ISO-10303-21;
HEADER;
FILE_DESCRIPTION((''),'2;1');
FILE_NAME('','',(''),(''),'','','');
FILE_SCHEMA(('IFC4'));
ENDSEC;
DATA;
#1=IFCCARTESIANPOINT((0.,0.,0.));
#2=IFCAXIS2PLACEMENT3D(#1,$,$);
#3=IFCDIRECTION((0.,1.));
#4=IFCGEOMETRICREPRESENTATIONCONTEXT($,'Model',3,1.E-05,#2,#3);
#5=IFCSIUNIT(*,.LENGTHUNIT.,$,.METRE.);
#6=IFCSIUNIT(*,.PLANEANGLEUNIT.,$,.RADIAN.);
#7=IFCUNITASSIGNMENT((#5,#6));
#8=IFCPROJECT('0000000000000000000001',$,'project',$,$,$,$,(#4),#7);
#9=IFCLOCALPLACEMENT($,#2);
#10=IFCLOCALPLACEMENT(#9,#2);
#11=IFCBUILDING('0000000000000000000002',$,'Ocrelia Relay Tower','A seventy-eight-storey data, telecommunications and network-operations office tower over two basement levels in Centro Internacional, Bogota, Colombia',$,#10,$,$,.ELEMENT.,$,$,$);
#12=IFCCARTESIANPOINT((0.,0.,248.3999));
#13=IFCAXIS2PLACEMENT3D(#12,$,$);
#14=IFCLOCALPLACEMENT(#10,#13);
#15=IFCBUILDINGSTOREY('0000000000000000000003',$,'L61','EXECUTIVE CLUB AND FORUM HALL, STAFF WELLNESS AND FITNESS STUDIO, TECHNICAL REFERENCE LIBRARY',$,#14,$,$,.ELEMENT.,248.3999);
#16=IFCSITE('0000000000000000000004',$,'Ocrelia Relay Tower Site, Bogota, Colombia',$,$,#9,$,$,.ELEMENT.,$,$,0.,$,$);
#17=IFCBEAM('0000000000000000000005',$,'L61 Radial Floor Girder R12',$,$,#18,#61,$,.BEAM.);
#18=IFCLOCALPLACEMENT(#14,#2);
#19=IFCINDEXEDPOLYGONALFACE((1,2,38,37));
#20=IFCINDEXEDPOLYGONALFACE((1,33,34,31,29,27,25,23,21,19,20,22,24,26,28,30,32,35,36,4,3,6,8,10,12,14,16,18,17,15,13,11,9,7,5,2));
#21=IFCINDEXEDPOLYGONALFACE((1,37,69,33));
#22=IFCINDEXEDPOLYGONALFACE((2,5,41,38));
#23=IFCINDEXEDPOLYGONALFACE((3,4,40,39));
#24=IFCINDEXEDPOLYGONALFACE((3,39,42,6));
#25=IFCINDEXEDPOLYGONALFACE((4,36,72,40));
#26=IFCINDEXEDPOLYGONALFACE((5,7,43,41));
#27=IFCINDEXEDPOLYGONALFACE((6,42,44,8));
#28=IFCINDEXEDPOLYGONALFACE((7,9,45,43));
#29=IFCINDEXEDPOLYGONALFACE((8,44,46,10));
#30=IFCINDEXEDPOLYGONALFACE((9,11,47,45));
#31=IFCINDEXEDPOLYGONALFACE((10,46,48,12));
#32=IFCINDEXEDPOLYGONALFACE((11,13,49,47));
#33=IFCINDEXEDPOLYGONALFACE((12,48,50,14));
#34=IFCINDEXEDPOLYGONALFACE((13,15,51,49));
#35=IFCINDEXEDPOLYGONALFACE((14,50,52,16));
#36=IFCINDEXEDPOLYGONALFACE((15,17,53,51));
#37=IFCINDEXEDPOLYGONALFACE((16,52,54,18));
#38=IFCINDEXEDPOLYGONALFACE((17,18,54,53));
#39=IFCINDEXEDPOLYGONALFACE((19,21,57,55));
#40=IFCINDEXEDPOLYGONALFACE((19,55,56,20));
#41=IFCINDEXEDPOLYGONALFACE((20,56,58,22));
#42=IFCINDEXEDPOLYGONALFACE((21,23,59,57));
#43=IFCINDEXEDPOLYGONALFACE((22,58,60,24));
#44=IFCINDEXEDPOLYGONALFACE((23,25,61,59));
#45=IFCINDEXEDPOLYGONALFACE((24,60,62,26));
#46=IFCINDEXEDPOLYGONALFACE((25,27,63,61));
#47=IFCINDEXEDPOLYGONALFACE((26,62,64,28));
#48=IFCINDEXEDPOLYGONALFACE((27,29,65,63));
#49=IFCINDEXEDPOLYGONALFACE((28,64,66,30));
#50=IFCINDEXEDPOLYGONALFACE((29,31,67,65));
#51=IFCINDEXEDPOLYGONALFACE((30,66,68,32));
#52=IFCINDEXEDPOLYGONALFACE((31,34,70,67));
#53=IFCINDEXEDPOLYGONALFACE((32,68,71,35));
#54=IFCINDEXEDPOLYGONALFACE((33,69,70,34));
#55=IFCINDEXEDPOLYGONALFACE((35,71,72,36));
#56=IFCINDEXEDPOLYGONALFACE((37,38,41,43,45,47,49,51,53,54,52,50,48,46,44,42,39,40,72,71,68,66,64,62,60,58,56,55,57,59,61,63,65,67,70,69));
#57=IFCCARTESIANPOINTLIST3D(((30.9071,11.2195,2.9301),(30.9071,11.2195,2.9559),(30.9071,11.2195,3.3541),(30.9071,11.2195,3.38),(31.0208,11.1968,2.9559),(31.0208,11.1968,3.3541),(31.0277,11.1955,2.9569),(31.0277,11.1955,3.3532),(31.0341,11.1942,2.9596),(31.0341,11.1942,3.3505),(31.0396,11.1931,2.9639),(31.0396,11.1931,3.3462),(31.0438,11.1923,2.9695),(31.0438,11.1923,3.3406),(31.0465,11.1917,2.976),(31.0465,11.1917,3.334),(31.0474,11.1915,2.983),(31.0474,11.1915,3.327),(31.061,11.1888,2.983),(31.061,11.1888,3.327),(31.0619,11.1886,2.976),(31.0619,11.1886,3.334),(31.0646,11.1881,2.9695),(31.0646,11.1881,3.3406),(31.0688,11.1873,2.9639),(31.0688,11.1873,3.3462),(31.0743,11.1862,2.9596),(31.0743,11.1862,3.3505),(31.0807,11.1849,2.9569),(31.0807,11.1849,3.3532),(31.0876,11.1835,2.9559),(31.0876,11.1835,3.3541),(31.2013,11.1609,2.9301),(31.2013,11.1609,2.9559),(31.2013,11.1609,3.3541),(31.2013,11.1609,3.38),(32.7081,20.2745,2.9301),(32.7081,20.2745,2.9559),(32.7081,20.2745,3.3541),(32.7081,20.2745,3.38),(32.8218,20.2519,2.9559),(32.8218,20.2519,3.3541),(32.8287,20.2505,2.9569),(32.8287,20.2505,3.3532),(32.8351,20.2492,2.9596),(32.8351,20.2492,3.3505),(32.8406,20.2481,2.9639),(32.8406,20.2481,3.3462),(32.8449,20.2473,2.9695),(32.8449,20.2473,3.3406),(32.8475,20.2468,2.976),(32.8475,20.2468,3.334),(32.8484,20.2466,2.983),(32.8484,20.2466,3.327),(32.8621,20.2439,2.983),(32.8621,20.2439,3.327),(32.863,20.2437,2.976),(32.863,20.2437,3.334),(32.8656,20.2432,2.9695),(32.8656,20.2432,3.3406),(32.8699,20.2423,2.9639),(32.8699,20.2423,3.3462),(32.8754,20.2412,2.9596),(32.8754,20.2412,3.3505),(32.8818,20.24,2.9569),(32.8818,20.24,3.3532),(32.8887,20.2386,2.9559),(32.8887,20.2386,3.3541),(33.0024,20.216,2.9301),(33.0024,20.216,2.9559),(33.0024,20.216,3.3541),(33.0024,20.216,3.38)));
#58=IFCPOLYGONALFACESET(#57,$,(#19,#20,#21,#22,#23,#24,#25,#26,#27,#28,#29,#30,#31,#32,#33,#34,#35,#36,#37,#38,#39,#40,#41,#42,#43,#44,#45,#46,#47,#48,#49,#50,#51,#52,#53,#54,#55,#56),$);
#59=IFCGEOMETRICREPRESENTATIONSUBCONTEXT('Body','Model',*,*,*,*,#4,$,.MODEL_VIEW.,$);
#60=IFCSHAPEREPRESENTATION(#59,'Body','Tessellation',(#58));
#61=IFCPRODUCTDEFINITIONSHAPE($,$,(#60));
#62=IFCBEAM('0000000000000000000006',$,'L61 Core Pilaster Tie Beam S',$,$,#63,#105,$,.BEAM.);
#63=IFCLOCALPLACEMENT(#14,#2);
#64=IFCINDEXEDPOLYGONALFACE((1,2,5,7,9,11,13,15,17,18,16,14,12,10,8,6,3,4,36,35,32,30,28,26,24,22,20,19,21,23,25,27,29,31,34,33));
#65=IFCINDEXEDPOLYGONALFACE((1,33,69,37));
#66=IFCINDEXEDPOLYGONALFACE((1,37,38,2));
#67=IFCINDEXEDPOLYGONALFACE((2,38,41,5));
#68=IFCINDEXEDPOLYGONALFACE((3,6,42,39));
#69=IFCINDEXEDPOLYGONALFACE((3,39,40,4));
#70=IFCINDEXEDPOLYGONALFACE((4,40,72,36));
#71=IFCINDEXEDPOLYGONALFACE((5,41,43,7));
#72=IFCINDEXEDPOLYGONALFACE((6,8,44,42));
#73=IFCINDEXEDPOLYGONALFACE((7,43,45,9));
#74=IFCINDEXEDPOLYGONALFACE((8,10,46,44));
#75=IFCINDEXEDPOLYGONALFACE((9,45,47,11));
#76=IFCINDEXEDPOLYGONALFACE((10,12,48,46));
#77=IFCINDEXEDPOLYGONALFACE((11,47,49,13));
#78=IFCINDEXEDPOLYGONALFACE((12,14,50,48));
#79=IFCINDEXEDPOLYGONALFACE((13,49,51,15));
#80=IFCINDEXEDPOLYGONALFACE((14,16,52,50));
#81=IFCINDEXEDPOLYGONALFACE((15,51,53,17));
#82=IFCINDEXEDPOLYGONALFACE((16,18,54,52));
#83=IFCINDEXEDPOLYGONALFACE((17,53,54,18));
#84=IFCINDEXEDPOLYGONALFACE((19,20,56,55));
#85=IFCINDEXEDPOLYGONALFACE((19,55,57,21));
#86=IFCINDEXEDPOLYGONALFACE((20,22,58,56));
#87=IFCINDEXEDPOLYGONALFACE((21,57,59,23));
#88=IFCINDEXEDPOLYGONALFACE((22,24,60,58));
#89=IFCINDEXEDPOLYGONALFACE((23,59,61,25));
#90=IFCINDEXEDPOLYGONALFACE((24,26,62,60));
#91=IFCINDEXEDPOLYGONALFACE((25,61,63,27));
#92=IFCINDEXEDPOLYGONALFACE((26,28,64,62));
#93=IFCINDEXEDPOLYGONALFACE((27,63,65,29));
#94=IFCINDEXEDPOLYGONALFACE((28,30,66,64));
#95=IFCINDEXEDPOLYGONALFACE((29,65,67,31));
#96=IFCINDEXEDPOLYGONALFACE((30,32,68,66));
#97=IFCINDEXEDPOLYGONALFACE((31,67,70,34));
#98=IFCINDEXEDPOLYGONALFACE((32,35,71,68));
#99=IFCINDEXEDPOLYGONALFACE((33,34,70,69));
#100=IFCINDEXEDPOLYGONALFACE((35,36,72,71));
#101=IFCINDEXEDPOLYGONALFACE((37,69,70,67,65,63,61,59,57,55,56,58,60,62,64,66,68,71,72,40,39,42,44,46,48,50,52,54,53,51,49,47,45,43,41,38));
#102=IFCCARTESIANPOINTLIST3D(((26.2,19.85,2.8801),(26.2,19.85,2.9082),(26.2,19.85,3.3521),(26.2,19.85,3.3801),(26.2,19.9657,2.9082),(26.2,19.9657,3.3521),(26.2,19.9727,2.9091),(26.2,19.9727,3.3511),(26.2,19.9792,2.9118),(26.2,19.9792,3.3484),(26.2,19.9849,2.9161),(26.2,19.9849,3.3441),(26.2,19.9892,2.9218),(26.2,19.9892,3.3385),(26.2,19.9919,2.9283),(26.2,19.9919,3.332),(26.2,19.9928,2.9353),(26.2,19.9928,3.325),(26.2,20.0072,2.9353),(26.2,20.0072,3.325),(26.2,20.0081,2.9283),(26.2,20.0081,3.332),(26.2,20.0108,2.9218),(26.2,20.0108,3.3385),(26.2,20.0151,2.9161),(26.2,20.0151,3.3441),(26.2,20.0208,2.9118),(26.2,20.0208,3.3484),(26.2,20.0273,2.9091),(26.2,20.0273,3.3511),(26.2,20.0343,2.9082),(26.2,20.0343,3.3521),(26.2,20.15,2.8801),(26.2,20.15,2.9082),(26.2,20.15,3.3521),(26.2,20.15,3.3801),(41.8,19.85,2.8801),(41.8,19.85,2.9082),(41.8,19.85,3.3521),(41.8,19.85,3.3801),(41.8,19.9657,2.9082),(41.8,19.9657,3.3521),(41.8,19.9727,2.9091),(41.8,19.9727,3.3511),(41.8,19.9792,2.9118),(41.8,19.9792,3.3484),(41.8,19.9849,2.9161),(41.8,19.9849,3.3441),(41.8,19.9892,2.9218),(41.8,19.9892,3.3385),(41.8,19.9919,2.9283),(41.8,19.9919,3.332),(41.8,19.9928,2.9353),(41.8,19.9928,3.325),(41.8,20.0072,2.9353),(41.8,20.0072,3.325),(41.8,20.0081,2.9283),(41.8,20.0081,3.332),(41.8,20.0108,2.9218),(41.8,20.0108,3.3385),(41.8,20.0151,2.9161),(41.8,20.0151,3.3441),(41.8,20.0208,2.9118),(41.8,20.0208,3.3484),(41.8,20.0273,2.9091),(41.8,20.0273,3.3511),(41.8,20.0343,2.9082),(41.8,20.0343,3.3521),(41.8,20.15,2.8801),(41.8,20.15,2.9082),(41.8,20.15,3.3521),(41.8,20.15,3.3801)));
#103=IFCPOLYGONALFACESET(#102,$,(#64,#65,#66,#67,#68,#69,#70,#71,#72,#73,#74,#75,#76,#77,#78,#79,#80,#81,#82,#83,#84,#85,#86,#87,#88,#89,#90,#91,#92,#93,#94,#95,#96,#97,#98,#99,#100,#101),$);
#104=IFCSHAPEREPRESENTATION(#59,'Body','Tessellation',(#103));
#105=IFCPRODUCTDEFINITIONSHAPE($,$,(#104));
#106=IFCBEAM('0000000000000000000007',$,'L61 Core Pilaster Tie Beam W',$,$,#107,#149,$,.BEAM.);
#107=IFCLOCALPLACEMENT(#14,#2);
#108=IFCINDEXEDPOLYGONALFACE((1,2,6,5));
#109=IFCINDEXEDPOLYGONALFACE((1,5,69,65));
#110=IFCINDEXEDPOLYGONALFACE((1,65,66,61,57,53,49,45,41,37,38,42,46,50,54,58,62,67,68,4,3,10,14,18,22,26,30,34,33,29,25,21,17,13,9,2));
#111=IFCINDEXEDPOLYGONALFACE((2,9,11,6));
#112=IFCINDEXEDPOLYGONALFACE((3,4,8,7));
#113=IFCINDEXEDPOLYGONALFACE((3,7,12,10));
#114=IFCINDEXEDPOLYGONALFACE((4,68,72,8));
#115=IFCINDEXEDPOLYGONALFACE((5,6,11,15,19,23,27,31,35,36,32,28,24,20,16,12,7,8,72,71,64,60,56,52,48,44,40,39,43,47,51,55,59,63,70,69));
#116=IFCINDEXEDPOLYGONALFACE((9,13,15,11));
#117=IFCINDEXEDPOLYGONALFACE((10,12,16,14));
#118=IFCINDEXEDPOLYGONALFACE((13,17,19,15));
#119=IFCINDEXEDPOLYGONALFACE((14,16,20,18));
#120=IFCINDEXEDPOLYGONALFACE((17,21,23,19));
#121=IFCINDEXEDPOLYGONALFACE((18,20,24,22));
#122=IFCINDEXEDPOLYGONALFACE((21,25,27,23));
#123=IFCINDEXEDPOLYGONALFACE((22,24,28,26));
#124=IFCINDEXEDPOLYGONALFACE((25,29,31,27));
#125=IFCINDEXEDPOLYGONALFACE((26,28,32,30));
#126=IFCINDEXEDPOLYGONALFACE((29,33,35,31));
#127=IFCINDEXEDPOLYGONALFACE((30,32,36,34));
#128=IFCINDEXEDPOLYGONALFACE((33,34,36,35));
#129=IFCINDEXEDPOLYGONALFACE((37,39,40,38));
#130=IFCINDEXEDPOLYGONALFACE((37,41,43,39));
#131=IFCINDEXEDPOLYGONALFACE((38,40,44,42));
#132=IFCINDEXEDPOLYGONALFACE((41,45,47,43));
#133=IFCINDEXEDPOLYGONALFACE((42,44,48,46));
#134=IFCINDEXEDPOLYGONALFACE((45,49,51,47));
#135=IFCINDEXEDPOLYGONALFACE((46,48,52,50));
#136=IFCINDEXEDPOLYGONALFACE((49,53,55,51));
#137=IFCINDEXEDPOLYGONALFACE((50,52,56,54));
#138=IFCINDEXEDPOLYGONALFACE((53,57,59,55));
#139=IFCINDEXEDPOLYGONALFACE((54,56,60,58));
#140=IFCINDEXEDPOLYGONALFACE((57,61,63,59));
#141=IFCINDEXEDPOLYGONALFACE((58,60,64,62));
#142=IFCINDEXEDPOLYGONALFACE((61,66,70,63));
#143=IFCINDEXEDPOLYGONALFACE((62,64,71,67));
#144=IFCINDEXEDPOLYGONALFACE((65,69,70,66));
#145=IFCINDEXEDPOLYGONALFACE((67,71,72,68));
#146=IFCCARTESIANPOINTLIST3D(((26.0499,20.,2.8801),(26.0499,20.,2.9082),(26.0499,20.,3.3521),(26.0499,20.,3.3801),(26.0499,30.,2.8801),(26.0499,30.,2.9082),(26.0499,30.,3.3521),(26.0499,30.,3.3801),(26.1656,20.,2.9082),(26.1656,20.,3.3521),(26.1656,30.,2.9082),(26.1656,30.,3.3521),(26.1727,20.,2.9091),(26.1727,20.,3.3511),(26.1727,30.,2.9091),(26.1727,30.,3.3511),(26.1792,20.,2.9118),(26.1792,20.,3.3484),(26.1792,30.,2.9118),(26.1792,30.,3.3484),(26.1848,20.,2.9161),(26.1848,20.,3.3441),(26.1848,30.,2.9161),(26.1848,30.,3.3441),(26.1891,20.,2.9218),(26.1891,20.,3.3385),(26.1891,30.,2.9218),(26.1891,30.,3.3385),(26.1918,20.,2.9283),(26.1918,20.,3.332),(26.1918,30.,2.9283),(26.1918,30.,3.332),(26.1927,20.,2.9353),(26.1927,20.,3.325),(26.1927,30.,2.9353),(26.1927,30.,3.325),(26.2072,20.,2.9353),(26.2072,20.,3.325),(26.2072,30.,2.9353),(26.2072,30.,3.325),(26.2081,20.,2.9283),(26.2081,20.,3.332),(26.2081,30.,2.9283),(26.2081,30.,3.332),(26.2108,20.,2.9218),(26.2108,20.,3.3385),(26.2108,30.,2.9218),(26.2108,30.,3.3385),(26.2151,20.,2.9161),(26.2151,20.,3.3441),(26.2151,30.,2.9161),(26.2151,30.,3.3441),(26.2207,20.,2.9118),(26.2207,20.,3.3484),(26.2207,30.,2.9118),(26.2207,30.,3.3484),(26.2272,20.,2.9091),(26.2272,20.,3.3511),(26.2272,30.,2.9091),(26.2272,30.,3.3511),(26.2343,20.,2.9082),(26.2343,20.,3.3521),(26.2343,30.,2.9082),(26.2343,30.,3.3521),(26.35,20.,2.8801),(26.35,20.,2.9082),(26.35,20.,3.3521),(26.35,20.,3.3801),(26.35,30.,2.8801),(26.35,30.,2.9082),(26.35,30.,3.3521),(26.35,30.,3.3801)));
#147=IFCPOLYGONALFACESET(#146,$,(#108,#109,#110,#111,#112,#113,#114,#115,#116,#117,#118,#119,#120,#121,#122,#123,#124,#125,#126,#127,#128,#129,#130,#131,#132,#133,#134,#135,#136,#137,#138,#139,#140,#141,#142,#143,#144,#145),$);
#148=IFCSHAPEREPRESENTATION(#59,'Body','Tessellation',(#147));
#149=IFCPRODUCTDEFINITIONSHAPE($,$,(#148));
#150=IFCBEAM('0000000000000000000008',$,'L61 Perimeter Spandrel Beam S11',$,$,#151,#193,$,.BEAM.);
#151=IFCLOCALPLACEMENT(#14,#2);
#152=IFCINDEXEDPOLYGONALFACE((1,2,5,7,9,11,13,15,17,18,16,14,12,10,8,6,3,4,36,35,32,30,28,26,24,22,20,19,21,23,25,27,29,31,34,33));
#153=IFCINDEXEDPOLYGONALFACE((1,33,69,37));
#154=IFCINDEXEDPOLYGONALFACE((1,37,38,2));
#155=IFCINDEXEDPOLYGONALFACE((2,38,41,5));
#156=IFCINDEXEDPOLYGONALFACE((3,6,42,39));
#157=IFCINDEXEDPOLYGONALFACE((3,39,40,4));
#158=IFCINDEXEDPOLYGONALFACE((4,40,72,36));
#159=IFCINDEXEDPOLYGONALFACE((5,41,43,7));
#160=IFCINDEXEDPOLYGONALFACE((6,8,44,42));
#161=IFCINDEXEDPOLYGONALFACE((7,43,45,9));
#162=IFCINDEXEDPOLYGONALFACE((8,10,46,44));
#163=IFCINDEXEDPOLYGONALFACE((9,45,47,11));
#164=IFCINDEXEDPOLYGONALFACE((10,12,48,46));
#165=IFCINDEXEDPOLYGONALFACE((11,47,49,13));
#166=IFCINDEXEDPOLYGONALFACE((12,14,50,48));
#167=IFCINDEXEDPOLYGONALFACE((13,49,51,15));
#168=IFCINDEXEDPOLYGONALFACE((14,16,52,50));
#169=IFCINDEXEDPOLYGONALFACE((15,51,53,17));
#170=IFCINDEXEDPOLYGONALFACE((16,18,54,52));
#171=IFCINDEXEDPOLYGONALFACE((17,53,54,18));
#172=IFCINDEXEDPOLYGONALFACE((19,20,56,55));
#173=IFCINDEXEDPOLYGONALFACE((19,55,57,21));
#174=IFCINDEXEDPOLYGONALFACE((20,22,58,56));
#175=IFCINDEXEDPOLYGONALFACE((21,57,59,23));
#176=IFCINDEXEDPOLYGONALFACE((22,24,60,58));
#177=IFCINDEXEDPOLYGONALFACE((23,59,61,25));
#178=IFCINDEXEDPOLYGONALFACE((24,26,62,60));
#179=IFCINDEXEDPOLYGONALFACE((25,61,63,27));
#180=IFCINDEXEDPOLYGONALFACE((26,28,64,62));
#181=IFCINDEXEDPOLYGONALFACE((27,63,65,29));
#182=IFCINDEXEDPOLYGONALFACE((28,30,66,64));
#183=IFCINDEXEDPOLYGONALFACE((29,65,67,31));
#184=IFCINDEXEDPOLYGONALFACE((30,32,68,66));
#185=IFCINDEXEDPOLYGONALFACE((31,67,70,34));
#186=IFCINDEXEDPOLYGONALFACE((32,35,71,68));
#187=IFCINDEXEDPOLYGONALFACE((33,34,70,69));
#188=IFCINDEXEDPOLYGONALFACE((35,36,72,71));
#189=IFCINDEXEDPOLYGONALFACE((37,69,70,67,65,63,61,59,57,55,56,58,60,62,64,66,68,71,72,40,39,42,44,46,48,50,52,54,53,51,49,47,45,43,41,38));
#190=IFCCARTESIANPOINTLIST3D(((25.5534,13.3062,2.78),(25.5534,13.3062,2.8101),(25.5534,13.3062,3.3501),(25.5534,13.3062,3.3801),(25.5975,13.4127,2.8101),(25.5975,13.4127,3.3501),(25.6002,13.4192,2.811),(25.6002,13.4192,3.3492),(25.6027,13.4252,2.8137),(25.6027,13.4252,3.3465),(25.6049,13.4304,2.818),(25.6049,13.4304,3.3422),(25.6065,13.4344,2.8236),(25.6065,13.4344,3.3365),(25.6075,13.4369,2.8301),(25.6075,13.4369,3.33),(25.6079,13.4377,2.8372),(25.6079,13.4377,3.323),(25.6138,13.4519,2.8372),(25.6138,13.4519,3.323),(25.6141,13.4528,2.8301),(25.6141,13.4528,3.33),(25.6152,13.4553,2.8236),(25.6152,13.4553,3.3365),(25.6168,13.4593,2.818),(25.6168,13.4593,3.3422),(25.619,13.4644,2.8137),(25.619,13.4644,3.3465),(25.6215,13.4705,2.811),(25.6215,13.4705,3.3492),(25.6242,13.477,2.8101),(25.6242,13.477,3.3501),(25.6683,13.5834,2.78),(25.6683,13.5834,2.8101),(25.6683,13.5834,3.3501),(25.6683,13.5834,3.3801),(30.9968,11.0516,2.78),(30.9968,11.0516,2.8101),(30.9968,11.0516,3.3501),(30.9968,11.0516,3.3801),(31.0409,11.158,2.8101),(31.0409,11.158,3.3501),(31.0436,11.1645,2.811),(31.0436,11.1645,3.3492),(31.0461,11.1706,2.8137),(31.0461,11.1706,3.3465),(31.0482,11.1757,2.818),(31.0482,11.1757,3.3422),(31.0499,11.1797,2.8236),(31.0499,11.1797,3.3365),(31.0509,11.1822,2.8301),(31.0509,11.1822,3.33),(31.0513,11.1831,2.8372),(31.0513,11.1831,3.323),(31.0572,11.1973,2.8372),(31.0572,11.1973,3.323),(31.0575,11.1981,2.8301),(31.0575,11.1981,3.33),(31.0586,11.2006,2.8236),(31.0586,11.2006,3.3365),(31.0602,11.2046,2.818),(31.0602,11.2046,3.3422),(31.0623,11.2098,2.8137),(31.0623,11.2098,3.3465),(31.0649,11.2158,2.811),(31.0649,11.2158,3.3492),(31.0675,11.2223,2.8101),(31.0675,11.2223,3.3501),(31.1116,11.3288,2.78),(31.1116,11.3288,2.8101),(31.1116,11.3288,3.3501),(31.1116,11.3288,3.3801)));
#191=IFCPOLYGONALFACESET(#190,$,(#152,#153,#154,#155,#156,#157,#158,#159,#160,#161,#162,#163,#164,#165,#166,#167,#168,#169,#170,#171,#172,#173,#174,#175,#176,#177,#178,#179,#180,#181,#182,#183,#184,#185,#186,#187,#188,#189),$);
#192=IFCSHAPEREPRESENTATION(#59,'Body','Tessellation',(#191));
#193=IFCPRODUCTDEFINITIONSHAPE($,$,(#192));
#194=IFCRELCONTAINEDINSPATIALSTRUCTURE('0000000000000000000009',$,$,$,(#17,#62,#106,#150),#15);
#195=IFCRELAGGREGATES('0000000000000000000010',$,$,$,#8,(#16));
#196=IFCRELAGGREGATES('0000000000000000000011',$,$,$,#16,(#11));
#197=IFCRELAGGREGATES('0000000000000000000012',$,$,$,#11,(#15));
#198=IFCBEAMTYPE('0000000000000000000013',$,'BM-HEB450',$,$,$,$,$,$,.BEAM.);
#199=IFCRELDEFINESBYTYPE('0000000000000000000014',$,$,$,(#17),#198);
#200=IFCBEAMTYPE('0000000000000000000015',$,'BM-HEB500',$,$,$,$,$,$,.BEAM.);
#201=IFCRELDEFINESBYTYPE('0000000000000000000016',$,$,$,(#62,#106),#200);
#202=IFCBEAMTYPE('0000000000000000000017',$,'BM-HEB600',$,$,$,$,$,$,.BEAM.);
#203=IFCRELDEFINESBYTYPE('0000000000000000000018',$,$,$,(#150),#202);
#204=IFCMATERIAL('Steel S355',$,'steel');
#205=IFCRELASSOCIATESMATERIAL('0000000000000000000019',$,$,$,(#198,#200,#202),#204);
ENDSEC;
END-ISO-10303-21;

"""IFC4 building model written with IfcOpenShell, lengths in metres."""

from ifc_helpers import new_model, si_unit, direction, frame, origin, origin_2d, place, context, subcontext, project, spatial, i_section, extrude, material, material_profile, profile_set, type_object, element, save


model = new_model("IFC4")

# Units and contexts
model_context = context("Model", 3, precision=1e-05, world=origin(), true_north=direction((0.0, 1.0)))
body_context = subcontext(model_context, "Body", "Model", "MODEL_VIEW")
ifc_project = project(units=[si_unit("LENGTHUNIT", "METRE"), si_unit("PLANEANGLEUNIT", "RADIAN")], contexts=[model_context])

# Site, building, storey
site_placement = place(None, origin())
site = spatial("IfcSite", under=ifc_project, at=site_placement, Name="Ocrelia Relay Tower Site, Bogota, Colombia", CompositionType="ELEMENT", RefElevation=0.0)
building_placement = place(site_placement, origin())
building = spatial("IfcBuilding", under=site, at=building_placement, Name="Ocrelia Relay Tower", Description="A seventy-eight-storey data, telecommunications and network-operations office tower over two basement levels in Centro Internacional, Bogota, Colombia", CompositionType="ELEMENT")
storey_placement = place(building_placement, frame((0.0, 0.0, 248.3999)))
storey = spatial("IfcBuildingStorey", under=building, at=storey_placement, Name="L61", Description="EXECUTIVE CLUB AND FORUM HALL, STAFF WELLNESS AND FITNESS STUDIO, TECHNICAL REFERENCE LIBRARY", CompositionType="ELEMENT", Elevation=248.3999)

# Beams
ifc_material_1 = material(Name="Steel S355", Category="steel")
ifc_material_profile_1 = material_profile(ifc_material_1, i_section(OverallWidth=0.3, OverallDepth=0.45, WebThickness=0.0139, FlangeThickness=0.0259, FilletRadius=0.0271, at=origin_2d()), Name="HEB 450")
ifc_profile_set_1 = profile_set([ifc_material_profile_1], Name="Steel S355")
beam_type_1 = type_object("IfcBeamType", Name="BM-HEB450", PredefinedType="BEAM", material=ifc_profile_set_1)
beam_1_placement = place(storey_placement, frame((31.0542, 11.1902, 3.155), z_axis=(0.195079, 0.980788, 0.0), x_axis=(-0.980788, 0.195079, 0.0)))
element("IfcBeam", 1, at=beam_1_placement, inside=storey, type_object=beam_type_1, Name="L61 Radial Floor Girder R12", PredefinedType="BEAM", context=body_context, shape_type="SweptSolid", body=[
    extrude(i_section(OverallWidth=0.3, OverallDepth=0.45, WebThickness=0.0139, FlangeThickness=0.0259, FilletRadius=0.0271, at=origin_2d()), origin(), (0.0, 0.0, 1.0), 9.2324),
])
ifc_material_profile_2 = material_profile(ifc_material_1, i_section(OverallWidth=0.3, OverallDepth=0.5, WebThickness=0.0144, FlangeThickness=0.0281, FilletRadius=0.0271, at=origin_2d()), Name="HEB 500")
ifc_profile_set_2 = profile_set([ifc_material_profile_2], Name="Steel S355")
beam_type_2 = type_object("IfcBeamType", Name="BM-HEB500", PredefinedType="BEAM", material=ifc_profile_set_2)
beam_2_placement = place(storey_placement, frame((26.2, 20.0, 3.1301), z_axis=(1.0, 0.0, 0.0), x_axis=(0.0, 1.0, 0.0)))
element("IfcBeam", 2, at=beam_2_placement, inside=storey, type_object=beam_type_2, Name="L61 Core Pilaster Tie Beam S", PredefinedType="BEAM", context=body_context, shape_type="SweptSolid", body=[
    extrude(i_section(OverallWidth=0.3, OverallDepth=0.5, WebThickness=0.0144, FlangeThickness=0.0281, FilletRadius=0.0271, at=origin_2d()), origin(), (0.0, 0.0, 1.0), 15.6001),
])
beam_3_placement = place(storey_placement, frame((26.2, 20.0, 3.1301), z_axis=(0.0, 1.0, 0.0), x_axis=(-1.0, 0.0, 0.0)))
element("IfcBeam", 3, at=beam_3_placement, inside=storey, type_object=beam_type_2, Name="L61 Core Pilaster Tie Beam W", PredefinedType="BEAM", context=body_context, shape_type="SweptSolid", body=[
    extrude(i_section(OverallWidth=0.3, OverallDepth=0.5, WebThickness=0.0144, FlangeThickness=0.0281, FilletRadius=0.0271, at=origin_2d()), origin(), (0.0, 0.0, 1.0), 10.0),
])
ifc_material_profile_3 = material_profile(ifc_material_1, i_section(OverallWidth=0.3, OverallDepth=0.6001, WebThickness=0.0154, FlangeThickness=0.03, FilletRadius=0.0271, at=origin_2d()), Name="HEB 600")
ifc_profile_set_3 = profile_set([ifc_material_profile_3], Name="Steel S355")
beam_type_3 = type_object("IfcBeamType", Name="BM-HEB600", PredefinedType="BEAM", material=ifc_profile_set_3)
beam_4_placement = place(storey_placement, frame((25.6108, 13.4448, 3.0801), z_axis=(0.923884, -0.382673, 0.0), x_axis=(0.382673, 0.923884, 0.0)))
element("IfcBeam", 4, at=beam_4_placement, inside=storey, type_object=beam_type_3, Name="L61 Perimeter Spandrel Beam S11", PredefinedType="BEAM", context=body_context, shape_type="SweptSolid", body=[
    extrude(i_section(OverallWidth=0.3, OverallDepth=0.6001, WebThickness=0.0154, FlangeThickness=0.03, FilletRadius=0.0271, at=origin_2d()), origin(), (0.0, 0.0, 1.0), 5.8918),
])

save(model, "model.ifc")
